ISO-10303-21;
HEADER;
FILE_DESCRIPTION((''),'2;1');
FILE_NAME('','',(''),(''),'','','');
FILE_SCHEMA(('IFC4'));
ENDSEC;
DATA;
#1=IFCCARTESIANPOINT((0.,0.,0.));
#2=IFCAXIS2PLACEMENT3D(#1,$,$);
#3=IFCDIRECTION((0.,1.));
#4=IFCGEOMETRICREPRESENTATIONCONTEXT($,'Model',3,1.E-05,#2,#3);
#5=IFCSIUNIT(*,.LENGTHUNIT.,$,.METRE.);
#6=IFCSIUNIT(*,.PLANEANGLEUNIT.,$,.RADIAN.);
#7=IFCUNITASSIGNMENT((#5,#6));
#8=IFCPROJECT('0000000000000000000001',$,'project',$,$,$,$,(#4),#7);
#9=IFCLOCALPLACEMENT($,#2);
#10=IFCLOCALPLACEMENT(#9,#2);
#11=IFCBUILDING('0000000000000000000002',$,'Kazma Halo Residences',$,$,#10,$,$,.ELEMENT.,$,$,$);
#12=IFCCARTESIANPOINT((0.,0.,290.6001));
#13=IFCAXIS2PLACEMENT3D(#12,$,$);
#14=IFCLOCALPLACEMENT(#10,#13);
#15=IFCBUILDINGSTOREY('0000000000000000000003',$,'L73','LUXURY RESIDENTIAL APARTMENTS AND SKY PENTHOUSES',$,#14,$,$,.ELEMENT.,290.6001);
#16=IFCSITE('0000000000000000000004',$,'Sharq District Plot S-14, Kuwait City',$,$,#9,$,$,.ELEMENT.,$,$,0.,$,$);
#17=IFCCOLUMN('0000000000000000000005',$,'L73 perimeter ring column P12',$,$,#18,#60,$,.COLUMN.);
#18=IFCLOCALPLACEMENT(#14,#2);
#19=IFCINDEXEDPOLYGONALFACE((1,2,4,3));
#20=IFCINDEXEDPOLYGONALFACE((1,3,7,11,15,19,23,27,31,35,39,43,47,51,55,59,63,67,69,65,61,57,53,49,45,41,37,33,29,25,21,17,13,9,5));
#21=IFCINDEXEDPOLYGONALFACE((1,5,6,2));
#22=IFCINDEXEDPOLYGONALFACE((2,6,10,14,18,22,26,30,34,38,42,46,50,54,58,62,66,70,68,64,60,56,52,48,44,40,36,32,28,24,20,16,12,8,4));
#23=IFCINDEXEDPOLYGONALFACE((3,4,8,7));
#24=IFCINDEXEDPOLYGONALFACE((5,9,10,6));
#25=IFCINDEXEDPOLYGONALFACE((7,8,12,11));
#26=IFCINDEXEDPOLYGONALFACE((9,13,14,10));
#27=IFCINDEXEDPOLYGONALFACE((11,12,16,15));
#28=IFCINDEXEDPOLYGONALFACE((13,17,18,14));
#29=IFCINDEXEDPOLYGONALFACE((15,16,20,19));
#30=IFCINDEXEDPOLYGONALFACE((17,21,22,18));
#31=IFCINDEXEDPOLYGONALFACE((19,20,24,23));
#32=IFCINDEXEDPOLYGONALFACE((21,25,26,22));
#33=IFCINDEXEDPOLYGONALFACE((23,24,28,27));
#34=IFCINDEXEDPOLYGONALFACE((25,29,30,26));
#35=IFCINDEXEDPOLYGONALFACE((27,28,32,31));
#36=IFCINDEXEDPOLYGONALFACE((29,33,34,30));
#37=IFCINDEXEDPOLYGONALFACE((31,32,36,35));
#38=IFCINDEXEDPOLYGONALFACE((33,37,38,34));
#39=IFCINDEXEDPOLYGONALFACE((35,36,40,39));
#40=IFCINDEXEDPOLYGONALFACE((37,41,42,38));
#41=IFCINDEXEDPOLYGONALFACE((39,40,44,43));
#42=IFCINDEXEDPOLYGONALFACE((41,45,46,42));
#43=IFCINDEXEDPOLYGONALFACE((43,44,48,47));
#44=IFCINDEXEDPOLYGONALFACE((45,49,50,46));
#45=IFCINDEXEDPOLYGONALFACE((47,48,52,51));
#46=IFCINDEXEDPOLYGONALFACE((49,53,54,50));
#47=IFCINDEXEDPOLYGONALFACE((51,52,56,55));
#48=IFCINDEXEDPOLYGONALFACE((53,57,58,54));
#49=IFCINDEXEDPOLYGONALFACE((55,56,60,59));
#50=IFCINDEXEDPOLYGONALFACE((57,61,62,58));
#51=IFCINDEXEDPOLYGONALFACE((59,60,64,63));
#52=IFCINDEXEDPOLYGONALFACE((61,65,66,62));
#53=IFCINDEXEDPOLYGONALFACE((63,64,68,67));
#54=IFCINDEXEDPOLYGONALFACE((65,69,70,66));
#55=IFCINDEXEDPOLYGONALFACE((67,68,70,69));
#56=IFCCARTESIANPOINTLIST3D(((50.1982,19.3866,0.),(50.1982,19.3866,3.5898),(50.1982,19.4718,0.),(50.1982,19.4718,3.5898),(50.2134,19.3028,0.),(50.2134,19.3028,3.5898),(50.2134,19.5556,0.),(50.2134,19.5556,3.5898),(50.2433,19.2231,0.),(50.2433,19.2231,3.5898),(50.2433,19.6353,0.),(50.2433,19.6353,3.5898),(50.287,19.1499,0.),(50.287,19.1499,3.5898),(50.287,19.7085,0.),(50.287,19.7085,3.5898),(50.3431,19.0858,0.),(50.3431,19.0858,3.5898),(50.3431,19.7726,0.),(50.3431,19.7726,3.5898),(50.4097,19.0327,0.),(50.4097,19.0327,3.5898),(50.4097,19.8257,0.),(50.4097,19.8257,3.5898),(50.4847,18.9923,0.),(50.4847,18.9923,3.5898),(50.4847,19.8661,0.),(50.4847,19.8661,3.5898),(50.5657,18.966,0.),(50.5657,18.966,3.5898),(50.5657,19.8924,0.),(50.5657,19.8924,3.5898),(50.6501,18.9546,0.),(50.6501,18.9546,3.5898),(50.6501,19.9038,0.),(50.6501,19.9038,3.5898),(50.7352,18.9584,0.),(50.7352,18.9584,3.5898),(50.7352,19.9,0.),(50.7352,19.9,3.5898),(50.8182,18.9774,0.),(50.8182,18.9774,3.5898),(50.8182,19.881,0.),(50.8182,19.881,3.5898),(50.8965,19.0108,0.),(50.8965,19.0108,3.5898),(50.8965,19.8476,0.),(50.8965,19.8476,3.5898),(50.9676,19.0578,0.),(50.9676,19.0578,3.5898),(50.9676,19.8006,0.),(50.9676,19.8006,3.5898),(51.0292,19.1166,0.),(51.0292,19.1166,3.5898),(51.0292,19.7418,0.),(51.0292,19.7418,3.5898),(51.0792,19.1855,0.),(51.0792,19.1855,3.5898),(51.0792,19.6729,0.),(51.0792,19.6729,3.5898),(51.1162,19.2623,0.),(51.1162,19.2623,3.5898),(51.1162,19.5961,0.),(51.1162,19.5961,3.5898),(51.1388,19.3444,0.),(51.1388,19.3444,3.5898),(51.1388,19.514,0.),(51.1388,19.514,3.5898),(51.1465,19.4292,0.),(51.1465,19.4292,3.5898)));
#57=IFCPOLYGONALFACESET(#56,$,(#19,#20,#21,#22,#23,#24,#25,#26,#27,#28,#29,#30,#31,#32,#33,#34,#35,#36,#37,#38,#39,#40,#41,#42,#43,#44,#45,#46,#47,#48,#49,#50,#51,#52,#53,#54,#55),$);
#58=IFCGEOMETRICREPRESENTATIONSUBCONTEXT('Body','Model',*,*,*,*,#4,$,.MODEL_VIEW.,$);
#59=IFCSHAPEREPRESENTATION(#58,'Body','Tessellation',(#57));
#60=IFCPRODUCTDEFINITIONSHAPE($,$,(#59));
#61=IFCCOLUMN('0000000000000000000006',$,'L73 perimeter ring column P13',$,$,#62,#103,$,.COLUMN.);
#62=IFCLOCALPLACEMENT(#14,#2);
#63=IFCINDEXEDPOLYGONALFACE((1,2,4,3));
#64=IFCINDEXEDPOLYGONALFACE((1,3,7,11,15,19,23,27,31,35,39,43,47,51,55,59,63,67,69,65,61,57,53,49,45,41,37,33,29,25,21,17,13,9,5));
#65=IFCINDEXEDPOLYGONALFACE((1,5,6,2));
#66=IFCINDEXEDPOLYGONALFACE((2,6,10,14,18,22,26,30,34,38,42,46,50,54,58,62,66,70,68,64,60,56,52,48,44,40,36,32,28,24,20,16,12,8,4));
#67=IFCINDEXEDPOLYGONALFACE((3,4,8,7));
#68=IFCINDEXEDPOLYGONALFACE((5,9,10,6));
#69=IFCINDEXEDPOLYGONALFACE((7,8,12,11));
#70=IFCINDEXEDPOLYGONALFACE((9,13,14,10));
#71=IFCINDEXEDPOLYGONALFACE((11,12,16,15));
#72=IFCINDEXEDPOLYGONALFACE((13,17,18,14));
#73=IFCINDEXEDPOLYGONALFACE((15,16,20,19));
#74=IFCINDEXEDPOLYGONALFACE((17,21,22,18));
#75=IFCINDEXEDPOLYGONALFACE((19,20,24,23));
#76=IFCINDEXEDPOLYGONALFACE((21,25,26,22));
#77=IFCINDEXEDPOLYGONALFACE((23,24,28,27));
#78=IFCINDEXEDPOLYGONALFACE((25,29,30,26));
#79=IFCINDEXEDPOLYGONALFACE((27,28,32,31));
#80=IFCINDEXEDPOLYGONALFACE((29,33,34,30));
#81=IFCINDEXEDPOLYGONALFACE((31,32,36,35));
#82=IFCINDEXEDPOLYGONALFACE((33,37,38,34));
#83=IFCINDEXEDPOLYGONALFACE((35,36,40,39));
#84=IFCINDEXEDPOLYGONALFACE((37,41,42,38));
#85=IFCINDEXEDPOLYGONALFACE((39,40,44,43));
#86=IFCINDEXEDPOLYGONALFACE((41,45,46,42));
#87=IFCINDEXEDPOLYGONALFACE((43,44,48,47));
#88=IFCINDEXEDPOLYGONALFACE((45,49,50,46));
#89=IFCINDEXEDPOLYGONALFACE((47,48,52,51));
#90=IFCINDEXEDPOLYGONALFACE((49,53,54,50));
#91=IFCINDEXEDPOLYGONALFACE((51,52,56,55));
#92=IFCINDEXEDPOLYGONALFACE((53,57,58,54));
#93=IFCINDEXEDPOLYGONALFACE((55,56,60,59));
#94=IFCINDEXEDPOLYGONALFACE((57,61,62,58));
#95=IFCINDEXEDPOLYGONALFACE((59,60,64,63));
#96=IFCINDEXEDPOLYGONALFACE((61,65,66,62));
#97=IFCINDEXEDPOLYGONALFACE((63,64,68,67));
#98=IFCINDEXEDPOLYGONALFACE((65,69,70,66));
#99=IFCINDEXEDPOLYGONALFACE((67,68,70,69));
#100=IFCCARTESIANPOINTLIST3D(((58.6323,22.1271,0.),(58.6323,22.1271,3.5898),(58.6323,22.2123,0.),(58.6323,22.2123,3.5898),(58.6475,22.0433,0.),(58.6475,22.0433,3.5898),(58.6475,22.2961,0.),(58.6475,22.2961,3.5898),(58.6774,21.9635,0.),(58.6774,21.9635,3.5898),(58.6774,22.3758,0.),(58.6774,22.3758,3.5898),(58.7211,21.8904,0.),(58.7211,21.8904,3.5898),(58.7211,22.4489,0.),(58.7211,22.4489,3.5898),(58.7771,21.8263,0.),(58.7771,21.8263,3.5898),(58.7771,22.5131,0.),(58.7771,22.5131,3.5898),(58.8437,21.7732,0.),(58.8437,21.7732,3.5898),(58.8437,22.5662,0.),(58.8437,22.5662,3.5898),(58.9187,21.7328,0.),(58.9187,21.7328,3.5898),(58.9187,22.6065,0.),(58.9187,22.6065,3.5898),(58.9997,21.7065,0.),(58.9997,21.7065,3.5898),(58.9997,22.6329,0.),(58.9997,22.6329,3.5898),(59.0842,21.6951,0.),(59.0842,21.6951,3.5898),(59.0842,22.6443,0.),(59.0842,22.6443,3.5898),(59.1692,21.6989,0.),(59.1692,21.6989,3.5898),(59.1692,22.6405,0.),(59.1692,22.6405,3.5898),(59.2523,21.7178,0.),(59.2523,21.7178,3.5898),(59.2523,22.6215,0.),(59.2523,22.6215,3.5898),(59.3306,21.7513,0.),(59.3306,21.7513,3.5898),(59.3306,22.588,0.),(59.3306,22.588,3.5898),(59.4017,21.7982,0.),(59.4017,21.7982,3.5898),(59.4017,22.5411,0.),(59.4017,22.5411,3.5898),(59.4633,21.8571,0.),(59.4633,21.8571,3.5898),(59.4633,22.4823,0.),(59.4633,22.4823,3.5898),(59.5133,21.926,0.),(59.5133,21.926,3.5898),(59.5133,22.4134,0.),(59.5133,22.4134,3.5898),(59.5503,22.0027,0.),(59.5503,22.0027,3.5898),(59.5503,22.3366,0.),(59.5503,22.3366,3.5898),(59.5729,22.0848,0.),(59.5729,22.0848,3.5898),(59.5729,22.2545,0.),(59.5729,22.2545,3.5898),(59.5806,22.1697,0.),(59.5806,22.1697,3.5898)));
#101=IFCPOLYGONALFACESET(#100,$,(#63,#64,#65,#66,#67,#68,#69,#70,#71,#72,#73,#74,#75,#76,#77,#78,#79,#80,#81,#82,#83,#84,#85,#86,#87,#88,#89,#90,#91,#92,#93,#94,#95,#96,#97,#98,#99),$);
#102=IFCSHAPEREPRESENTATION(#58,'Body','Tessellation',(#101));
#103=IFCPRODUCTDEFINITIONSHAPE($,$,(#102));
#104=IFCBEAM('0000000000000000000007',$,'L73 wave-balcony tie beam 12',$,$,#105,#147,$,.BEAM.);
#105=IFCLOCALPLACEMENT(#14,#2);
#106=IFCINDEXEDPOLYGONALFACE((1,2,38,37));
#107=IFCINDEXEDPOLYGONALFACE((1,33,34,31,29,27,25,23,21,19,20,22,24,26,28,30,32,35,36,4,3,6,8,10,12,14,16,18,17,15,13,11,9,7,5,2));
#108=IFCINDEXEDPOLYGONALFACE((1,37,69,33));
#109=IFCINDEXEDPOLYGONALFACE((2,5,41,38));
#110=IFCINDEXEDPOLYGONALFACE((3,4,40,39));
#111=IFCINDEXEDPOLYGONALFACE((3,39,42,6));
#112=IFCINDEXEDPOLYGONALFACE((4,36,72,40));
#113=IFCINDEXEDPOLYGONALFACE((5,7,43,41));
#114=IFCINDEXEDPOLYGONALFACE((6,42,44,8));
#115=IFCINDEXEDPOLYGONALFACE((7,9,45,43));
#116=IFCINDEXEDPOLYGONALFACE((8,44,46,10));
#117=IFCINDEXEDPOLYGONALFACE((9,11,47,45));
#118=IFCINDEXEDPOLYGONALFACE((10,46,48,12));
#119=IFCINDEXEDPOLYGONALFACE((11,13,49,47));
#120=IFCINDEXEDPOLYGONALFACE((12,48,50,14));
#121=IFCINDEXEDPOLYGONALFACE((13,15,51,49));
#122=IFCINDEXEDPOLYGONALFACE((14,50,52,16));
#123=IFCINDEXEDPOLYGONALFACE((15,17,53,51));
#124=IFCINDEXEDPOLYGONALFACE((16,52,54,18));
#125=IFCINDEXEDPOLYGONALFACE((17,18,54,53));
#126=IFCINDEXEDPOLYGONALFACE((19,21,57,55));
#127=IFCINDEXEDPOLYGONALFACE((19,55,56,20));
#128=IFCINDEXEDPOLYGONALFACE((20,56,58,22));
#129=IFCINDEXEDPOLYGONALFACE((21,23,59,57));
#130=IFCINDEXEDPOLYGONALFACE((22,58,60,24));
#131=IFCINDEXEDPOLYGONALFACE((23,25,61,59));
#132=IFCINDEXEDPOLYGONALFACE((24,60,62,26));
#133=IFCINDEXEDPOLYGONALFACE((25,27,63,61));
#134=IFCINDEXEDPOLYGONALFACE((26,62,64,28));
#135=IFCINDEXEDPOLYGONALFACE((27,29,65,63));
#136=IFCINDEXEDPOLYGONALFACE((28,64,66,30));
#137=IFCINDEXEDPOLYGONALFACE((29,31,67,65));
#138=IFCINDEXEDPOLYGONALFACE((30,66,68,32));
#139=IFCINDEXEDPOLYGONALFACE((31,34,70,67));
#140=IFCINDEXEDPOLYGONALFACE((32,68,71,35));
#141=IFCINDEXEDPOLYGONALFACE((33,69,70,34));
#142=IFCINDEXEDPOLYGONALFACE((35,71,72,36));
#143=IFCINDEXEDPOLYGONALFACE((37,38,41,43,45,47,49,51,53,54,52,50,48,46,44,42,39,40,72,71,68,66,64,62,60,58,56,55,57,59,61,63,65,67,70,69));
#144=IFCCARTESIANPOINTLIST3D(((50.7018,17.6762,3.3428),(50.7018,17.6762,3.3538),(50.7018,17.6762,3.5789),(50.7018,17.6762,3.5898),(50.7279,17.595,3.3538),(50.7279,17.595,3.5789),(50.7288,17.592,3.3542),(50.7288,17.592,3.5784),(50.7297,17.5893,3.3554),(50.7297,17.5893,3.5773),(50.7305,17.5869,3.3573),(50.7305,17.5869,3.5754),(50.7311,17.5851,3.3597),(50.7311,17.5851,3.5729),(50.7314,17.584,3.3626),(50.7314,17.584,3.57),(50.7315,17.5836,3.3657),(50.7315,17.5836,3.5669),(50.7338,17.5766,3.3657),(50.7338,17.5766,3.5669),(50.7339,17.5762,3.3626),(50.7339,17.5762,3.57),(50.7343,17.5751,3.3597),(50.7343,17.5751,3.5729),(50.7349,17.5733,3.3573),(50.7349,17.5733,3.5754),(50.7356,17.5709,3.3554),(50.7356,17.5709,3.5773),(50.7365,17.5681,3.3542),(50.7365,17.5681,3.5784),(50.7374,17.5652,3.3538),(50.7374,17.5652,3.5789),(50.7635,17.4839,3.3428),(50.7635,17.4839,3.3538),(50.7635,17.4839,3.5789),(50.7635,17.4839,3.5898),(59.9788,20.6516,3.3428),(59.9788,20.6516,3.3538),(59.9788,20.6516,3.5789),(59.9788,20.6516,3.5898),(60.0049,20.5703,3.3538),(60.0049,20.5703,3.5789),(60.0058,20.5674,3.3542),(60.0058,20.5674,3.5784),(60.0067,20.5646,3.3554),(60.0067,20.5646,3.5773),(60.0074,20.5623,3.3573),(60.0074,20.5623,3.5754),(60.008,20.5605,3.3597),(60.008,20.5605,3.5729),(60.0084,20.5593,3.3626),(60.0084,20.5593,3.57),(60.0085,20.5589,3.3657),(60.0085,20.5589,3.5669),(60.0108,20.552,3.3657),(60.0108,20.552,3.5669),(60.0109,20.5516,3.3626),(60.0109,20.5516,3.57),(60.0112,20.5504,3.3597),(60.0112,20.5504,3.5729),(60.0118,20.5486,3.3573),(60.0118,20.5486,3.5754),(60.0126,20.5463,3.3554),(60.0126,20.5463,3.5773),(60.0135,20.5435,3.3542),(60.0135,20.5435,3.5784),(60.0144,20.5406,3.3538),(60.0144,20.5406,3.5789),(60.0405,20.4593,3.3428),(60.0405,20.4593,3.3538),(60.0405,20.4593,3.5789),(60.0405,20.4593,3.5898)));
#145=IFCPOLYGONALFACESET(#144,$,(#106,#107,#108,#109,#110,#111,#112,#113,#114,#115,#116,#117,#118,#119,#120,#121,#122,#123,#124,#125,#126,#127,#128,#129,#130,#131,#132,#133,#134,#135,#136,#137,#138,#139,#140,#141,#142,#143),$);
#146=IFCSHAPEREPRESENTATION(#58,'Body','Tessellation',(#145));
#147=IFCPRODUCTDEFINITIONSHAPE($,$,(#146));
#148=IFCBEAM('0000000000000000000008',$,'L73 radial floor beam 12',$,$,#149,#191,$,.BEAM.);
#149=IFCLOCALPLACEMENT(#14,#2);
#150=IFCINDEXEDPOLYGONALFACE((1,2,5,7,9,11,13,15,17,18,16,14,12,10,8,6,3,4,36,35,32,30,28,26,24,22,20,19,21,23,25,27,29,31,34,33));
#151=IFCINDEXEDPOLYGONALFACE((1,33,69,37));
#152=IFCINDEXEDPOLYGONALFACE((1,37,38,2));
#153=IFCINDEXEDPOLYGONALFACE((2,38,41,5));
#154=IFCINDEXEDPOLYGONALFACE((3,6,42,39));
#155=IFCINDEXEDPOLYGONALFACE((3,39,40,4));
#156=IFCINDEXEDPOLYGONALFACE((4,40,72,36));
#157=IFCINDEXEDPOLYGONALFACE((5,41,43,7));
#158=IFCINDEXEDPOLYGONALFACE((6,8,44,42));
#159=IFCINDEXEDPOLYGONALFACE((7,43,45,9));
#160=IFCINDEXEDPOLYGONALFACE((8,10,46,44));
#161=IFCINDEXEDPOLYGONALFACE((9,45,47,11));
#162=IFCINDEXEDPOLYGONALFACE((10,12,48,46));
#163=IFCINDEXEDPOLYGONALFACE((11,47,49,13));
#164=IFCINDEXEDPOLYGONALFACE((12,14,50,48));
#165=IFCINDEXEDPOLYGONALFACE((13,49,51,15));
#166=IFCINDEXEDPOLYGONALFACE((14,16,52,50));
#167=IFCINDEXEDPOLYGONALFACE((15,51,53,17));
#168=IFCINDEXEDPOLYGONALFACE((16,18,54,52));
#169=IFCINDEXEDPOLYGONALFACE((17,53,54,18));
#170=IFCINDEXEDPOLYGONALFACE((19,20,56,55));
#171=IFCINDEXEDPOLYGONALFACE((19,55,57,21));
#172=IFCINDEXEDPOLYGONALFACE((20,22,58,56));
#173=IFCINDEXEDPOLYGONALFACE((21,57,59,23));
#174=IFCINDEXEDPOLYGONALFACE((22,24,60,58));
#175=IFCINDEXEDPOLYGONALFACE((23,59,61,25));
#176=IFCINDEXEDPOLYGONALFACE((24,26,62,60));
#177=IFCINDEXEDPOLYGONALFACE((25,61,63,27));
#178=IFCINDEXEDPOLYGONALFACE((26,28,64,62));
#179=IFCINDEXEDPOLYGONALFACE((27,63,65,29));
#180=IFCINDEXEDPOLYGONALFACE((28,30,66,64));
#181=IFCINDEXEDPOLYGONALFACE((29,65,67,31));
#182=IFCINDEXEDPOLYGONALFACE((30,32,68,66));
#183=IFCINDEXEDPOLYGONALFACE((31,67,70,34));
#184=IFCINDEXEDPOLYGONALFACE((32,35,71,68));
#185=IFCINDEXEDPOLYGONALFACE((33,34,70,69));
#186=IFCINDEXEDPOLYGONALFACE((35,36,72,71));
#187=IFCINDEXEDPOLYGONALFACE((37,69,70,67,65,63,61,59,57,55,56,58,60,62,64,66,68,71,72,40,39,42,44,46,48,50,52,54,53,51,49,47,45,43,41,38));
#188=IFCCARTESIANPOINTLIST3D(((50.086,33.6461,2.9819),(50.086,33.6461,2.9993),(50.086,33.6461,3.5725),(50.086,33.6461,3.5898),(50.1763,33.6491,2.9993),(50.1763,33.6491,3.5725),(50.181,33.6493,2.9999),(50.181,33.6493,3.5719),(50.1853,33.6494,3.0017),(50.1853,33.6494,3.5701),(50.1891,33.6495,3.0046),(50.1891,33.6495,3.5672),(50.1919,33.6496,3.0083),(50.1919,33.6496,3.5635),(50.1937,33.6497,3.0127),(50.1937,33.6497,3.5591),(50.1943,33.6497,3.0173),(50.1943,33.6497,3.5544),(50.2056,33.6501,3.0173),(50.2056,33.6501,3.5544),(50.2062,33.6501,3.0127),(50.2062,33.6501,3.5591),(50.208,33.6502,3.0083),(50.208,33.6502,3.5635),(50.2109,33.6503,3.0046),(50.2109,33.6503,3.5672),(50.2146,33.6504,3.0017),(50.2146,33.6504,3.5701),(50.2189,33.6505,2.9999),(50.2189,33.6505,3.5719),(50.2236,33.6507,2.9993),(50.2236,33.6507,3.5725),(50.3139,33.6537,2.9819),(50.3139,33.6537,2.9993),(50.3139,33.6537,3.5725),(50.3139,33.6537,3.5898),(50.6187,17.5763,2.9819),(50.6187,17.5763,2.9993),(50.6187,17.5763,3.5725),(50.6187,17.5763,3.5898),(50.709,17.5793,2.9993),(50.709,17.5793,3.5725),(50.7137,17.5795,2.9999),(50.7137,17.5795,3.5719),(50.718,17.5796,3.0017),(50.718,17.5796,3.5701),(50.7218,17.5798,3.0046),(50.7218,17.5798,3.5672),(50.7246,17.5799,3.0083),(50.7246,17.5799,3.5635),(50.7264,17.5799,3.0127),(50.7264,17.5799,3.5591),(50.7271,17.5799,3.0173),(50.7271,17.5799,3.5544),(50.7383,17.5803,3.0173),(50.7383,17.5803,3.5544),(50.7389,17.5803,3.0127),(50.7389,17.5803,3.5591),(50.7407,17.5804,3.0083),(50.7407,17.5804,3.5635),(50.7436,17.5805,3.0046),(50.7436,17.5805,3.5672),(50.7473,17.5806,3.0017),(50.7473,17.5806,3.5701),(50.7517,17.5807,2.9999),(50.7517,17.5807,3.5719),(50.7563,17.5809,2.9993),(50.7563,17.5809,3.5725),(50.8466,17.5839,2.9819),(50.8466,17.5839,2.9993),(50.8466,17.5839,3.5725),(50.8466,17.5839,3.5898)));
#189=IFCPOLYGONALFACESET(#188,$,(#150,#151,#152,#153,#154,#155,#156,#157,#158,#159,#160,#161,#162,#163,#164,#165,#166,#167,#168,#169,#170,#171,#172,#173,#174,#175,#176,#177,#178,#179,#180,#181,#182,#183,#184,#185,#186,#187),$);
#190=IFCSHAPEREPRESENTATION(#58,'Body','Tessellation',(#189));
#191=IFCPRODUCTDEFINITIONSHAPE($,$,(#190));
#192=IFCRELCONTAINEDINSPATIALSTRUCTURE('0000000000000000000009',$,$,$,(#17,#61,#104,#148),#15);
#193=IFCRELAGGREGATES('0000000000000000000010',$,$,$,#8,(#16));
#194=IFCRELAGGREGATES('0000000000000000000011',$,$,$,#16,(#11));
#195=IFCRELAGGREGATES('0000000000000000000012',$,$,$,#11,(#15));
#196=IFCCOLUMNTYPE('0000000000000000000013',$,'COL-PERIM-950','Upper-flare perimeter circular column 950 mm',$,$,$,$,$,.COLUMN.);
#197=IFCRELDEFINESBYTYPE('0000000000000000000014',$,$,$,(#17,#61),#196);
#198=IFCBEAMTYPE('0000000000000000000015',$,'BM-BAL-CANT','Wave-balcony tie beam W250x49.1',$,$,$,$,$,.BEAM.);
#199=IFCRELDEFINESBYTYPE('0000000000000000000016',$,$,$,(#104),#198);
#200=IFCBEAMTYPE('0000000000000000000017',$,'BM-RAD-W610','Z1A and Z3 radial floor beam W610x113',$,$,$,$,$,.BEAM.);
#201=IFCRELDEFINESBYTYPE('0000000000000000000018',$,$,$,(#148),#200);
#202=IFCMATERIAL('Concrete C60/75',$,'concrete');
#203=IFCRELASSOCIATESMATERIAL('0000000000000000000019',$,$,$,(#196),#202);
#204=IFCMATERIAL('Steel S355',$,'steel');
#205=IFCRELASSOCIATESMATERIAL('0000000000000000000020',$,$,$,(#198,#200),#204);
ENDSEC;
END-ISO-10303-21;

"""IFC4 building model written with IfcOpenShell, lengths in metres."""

from ifc_helpers import new_model, si_unit, direction, frame, origin, origin_2d, place, context, subcontext, project, spatial, circle, i_section, extrude, material, material_profile, profile_set, type_object, element, save


model = new_model("IFC4")

# Units and contexts
model_context = context("Model", 3, precision=1e-05, world=origin(), true_north=direction((0.0, 1.0)))
body_context = subcontext(model_context, "Body", "Model", "MODEL_VIEW")
ifc_project = project(units=[si_unit("LENGTHUNIT", "METRE"), si_unit("PLANEANGLEUNIT", "RADIAN")], contexts=[model_context])

# Site, building, storey
site_placement = place(None, origin())
site = spatial("IfcSite", under=ifc_project, at=site_placement, Name="Sharq District Plot S-14, Kuwait City", CompositionType="ELEMENT", RefElevation=0.0)
building_placement = place(site_placement, origin())
building = spatial("IfcBuilding", under=site, at=building_placement, Name="Kazma Halo Residences", CompositionType="ELEMENT")
storey_placement = place(building_placement, frame((0.0, 0.0, 290.6001)))
storey = spatial("IfcBuildingStorey", under=building, at=storey_placement, Name="L73", Description="LUXURY RESIDENTIAL APARTMENTS AND SKY PENTHOUSES", CompositionType="ELEMENT", Elevation=290.6001)

# Columns
ifc_material_1 = material(Name="Concrete C60/75", Category="concrete")
ifc_material_profile_1 = material_profile(ifc_material_1, circle(Radius=0.4751, at=origin_2d()), Name="CIRC950")
ifc_profile_set_1 = profile_set([ifc_material_profile_1], Name="Concrete C60/75")
column_type = type_object("IfcColumnType", Name="COL-PERIM-950", Description="Upper-flare perimeter circular column 950 mm", PredefinedType="COLUMN", material=ifc_profile_set_1)
for number, where, z_axis, x_axis, name in (
    (1, (50.6714, 19.4292, 0.0), (0.0, 0.0, 1.0), (1.0, 0.0, 0.0), "L73 perimeter ring column P12"),
    (2, (59.1055, 22.1697, 0.0), (0.0, 0.0, 1.0), (1.0, 0.0, 0.0), "L73 perimeter ring column P13"),
):
    element("IfcColumn", number, at=place(storey_placement, frame(where, z_axis=z_axis, x_axis=x_axis)), inside=storey, type_object=column_type, Name=name, PredefinedType="COLUMN", context=body_context, shape_type="SweptSolid", body=[
        extrude(circle(Radius=0.4751, at=origin_2d()), origin(), (0.0, 0.0, 1.0), 3.5898),
    ])

# Beams
ifc_material_2 = material(Name="Steel S355", Category="steel")
ifc_material_profile_2 = material_profile(ifc_material_2, i_section(OverallWidth=0.2019, OverallDepth=0.2471, WebThickness=0.0073, FlangeThickness=0.011, FilletRadius=0.012, at=origin_2d()), Name="W250x49.1")
ifc_profile_set_2 = profile_set([ifc_material_profile_2], Name="Steel S355")
beam_type_1 = type_object("IfcBeamType", Name="BM-BAL-CANT", Description="Wave-balcony tie beam W250x49.1", PredefinedType="BEAM", material=ifc_profile_set_2)
beam_1_placement = place(storey_placement, frame((50.7327, 17.5801, 3.4663), z_axis=(0.952223, 0.305404, 0.0), x_axis=(-0.305404, 0.952223, 0.0)))
element("IfcBeam", 3, at=beam_1_placement, inside=storey, type_object=beam_type_1, Name="L73 wave-balcony tie beam 12", PredefinedType="BEAM", context=body_context, shape_type="SweptSolid", body=[
    extrude(i_section(OverallWidth=0.2019, OverallDepth=0.2471, WebThickness=0.0073, FlangeThickness=0.011, FilletRadius=0.012, at=origin_2d()), origin(), (0.0, 0.0, 1.0), 9.7424),
])
ifc_material_profile_3 = material_profile(ifc_material_2, i_section(OverallWidth=0.228, OverallDepth=0.6079, WebThickness=0.0112, FlangeThickness=0.0173, FilletRadius=0.0181, at=origin_2d()), Name="W610x113")
ifc_profile_set_3 = profile_set([ifc_material_profile_3], Name="Steel S355")
beam_type_2 = type_object("IfcBeamType", Name="BM-RAD-W610", Description="Z1A and Z3 radial floor beam W610x113", PredefinedType="BEAM", material=ifc_profile_set_3)
beam_2_placement = place(storey_placement, frame((50.2, 33.6499, 3.2859), z_axis=(0.033132, -0.999451, 0.0), x_axis=(0.999451, 0.033132, 0.0)))
element("IfcBeam", 4, at=beam_2_placement, inside=storey, type_object=beam_type_2, Name="L73 radial floor beam 12", PredefinedType="BEAM", context=body_context, shape_type="SweptSolid", body=[
    extrude(i_section(OverallWidth=0.228, OverallDepth=0.6079, WebThickness=0.0112, FlangeThickness=0.0173, FilletRadius=0.0181, at=origin_2d()), origin(), (0.0, 0.0, 1.0), 16.0786),
])

save(model, "model.ifc")
